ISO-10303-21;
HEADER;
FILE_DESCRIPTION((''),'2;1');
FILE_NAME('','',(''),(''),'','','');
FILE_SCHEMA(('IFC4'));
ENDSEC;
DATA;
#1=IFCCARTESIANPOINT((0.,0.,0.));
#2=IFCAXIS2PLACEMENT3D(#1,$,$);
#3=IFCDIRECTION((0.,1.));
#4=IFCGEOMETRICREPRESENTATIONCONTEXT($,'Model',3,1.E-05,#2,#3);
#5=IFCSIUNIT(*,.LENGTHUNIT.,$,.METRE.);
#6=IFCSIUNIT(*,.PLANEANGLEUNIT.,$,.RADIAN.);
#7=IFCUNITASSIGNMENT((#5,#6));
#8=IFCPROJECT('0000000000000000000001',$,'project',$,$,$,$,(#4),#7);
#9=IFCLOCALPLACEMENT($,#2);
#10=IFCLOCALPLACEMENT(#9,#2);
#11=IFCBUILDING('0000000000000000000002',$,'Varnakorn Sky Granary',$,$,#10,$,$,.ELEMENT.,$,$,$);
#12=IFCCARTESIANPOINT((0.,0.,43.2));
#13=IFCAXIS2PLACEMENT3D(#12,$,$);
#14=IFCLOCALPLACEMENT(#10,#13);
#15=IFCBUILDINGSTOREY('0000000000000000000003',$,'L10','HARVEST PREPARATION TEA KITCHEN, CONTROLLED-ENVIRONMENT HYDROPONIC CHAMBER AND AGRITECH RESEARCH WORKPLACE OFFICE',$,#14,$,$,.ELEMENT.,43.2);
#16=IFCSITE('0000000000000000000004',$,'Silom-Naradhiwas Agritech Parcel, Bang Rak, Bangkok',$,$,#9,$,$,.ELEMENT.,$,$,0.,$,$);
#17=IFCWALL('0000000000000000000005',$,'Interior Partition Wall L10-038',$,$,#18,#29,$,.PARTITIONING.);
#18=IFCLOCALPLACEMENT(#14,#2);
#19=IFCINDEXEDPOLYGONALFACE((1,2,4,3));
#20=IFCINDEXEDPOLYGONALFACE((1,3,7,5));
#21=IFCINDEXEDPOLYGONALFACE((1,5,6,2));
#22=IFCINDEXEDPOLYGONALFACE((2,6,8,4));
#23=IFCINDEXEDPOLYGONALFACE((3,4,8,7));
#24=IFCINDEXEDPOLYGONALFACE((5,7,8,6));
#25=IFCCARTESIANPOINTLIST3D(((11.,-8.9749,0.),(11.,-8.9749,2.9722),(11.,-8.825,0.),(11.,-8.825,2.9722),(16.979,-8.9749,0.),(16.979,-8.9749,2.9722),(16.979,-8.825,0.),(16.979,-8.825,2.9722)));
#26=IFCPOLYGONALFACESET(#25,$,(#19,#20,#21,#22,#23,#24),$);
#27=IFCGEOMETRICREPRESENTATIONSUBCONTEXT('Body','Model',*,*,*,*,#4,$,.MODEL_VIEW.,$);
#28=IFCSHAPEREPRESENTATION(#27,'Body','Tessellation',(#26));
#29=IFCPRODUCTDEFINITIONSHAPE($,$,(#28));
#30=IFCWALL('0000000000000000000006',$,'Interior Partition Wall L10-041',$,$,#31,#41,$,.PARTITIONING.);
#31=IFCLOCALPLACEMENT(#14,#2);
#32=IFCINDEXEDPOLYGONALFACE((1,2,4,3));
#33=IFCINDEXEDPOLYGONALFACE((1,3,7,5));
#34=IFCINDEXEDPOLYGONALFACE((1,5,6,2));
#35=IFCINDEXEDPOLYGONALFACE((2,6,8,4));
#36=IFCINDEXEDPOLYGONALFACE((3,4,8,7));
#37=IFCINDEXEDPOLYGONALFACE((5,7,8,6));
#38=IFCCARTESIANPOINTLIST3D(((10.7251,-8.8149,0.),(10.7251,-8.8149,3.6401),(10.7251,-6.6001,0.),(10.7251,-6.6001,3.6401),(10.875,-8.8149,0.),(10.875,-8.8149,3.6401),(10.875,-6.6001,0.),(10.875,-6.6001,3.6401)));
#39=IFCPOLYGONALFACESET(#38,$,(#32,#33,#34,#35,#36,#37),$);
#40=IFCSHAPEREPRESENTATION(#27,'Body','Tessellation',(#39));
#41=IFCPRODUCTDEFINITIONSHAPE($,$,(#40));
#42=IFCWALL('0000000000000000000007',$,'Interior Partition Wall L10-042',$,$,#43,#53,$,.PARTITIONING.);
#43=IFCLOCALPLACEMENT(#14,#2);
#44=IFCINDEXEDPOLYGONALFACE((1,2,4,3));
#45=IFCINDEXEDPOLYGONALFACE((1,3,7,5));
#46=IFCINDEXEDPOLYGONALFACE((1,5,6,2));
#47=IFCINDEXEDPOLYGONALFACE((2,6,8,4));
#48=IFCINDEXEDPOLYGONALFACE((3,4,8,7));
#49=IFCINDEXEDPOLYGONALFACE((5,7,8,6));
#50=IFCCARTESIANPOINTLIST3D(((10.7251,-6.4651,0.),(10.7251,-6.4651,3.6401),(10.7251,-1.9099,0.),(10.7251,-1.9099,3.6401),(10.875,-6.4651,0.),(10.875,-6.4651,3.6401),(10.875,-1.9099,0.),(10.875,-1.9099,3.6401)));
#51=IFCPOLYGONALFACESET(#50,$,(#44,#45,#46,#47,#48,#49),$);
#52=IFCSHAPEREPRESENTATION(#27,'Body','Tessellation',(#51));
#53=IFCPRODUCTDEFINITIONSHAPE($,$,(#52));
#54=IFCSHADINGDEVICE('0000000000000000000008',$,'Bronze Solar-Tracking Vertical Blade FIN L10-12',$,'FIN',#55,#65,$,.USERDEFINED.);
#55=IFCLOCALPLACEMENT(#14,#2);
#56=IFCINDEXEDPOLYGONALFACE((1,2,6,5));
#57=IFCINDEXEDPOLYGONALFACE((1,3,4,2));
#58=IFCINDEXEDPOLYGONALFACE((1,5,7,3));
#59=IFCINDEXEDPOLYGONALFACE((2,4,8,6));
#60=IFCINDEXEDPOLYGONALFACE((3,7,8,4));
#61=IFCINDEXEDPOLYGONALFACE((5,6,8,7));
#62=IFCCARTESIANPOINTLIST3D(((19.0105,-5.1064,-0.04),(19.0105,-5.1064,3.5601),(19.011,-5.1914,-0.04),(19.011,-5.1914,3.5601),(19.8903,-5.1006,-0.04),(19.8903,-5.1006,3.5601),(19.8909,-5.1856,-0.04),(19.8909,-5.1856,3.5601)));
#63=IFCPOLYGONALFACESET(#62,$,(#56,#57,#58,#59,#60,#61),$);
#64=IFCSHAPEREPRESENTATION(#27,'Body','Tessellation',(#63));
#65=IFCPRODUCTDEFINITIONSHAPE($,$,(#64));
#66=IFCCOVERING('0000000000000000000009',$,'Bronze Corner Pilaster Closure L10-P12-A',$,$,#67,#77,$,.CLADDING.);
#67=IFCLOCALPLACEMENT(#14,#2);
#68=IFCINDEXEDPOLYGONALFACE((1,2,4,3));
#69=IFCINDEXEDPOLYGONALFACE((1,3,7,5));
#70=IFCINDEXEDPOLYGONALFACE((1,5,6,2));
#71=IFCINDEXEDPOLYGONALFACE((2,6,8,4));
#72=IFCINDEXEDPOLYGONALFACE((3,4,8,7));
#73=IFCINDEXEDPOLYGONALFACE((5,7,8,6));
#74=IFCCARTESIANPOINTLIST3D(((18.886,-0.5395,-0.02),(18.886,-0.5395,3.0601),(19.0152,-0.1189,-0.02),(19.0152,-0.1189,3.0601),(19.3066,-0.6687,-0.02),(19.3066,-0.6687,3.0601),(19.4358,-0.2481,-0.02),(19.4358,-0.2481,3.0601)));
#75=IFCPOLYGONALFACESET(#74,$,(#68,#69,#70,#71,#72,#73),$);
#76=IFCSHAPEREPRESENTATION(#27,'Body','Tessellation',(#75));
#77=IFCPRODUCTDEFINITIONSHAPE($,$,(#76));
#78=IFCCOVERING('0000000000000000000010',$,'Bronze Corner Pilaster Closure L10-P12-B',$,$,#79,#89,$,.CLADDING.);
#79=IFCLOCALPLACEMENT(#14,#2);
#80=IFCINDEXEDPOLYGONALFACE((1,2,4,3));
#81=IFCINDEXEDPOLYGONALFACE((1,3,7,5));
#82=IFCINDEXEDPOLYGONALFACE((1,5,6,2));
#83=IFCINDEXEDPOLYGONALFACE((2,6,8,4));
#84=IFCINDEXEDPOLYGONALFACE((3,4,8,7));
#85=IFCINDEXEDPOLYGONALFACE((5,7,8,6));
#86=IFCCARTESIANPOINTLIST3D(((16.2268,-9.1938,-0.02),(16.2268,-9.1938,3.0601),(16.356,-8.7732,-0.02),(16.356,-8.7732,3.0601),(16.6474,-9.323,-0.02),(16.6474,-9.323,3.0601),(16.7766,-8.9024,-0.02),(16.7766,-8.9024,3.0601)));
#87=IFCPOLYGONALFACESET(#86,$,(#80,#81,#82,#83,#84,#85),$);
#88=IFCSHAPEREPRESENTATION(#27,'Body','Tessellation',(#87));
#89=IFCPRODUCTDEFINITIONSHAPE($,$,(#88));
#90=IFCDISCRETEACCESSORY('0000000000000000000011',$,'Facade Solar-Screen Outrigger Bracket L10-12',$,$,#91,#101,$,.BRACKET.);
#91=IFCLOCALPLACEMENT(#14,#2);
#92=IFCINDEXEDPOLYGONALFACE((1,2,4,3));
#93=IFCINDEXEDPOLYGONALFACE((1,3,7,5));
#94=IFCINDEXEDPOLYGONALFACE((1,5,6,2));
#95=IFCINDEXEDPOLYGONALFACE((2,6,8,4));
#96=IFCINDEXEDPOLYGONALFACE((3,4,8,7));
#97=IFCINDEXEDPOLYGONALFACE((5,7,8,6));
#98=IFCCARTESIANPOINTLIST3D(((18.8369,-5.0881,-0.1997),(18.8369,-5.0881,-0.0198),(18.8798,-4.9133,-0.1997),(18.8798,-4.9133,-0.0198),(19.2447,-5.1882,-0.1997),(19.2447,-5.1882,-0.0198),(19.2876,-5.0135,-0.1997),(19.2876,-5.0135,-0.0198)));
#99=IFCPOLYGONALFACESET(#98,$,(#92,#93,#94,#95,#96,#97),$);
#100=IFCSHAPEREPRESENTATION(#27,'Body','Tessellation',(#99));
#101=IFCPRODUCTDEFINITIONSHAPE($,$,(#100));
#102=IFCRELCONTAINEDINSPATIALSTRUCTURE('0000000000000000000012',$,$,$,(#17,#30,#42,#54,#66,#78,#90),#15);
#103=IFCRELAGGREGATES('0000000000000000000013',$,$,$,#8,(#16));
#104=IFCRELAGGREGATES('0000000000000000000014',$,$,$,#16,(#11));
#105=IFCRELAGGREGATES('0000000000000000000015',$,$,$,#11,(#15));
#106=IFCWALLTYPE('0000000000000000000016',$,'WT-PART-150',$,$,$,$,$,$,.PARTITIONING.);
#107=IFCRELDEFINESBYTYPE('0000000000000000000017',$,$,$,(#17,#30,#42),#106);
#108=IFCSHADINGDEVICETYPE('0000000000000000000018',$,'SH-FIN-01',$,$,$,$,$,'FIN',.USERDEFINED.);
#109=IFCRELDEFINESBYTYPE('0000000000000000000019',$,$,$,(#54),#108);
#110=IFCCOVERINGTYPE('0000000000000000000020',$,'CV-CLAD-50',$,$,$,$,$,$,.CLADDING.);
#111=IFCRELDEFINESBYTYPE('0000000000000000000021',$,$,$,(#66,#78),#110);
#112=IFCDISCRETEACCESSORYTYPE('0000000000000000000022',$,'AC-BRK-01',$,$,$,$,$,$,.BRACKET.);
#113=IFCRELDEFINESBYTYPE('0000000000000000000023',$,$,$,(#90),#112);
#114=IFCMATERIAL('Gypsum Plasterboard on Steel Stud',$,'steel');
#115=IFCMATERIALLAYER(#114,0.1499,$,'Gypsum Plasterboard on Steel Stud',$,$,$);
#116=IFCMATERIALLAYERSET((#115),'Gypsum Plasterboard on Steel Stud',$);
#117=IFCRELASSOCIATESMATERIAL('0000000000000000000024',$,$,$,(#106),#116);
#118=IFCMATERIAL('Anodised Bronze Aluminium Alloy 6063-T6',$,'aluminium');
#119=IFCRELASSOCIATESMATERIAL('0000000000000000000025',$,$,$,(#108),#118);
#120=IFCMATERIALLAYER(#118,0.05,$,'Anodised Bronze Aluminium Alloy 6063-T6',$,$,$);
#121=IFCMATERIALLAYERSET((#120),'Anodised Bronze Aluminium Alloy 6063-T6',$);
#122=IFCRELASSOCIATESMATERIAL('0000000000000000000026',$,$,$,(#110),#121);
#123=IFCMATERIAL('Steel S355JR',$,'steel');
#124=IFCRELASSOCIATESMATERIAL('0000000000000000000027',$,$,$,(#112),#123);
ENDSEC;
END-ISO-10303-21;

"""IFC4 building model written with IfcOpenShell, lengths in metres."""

from ifc_helpers import new_model, si_unit, direction, frame, frame_2d, origin, origin_2d, place, context, subcontext, project, spatial, rectangle, extrude, source, transform, mapped, material, layer, layer_set, type_object, type_shapes, element, save


model = new_model("IFC4")

# Units and contexts
model_context = context("Model", 3, precision=1e-05, world=origin(), true_north=direction((0.0, 1.0)))
body_context = subcontext(model_context, "Body", "Model", "MODEL_VIEW")
ifc_project = project(units=[si_unit("LENGTHUNIT", "METRE"), si_unit("PLANEANGLEUNIT", "RADIAN")], contexts=[model_context])

# Site, building, storey
site_placement = place(None, origin())
site = spatial("IfcSite", under=ifc_project, at=site_placement, Name="Silom-Naradhiwas Agritech Parcel, Bang Rak, Bangkok", CompositionType="ELEMENT", RefElevation=0.0)
building_placement = place(site_placement, origin())
building = spatial("IfcBuilding", under=site, at=building_placement, Name="Varnakorn Sky Granary", CompositionType="ELEMENT")
storey_placement = place(building_placement, frame((0.0, 0.0, 43.2)))
storey = spatial("IfcBuildingStorey", under=building, at=storey_placement, Name="L10", Description="HARVEST PREPARATION TEA KITCHEN, CONTROLLED-ENVIRONMENT HYDROPONIC CHAMBER AND AGRITECH RESEARCH WORKPLACE OFFICE", CompositionType="ELEMENT", Elevation=43.2)

# Shared definitions
ifc_material_1 = material(Name="Steel S355JR", Category="steel")

# Shared definitions
ifc_material_2 = material(Name="Anodised Bronze Aluminium Alloy 6063-T6", Category="aluminium")

# Shared definitions
ifc_material_3 = material(Name="Gypsum Plasterboard on Steel Stud", Category="steel")
ifc_layer_1 = layer(ifc_material_3, 0.1499, Name="Gypsum Plasterboard on Steel Stud")
ifc_layer_set_1 = layer_set([ifc_layer_1], Name="Gypsum Plasterboard on Steel Stud")
wall_type_1 = type_object("IfcWallType", Name="WT-PART-150", PredefinedType="PARTITIONING", material=ifc_layer_set_1)

# Walls
wall_1_placement = place(storey_placement, frame((11.0, -8.8999, 0.0), z_axis=(0.0, 0.0, 1.0), x_axis=(1.0, 0.0, 0.0)))
element("IfcWall", 1, at=wall_1_placement, inside=storey, type_object=wall_type_1, Name="Interior Partition Wall L10-038", PredefinedType="PARTITIONING", context=body_context, shape_type="SweptSolid", body=[
    extrude(rectangle(XDim=5.979, YDim=0.1499, at=frame_2d((2.9895, 0.0))), origin(), (0.0, 0.0, 1.0), 2.9722),
])
wall_2_placement = place(storey_placement, frame((10.8, -8.8149, 0.0), z_axis=(0.0, 0.0, 1.0), x_axis=(0.0, 1.0, 0.0)))
element("IfcWall", 2, at=wall_2_placement, inside=storey, type_object=wall_type_1, Name="Interior Partition Wall L10-041", PredefinedType="PARTITIONING", context=body_context, shape_type="SweptSolid", body=[
    extrude(rectangle(XDim=2.2148, YDim=0.1499, at=frame_2d((1.1074, 0.0))), origin(), (0.0, 0.0, 1.0), 3.6401),
])
wall_3_placement = place(storey_placement, frame((10.8, -6.4651, 0.0), z_axis=(0.0, 0.0, 1.0), x_axis=(0.0, 1.0, 0.0)))
element("IfcWall", 3, at=wall_3_placement, inside=storey, type_object=wall_type_1, Name="Interior Partition Wall L10-042", PredefinedType="PARTITIONING", context=body_context, shape_type="SweptSolid", body=[
    extrude(rectangle(XDim=4.5552, YDim=0.1499, at=frame_2d((2.2776, 0.0))), origin(), (0.0, 0.0, 1.0), 3.6401),
])

# Shading device
shading_device_type = type_object("IfcShadingDeviceType", Name="SH-FIN-01", ElementType="FIN", PredefinedType="USERDEFINED", material=ifc_material_2)
shared_shape_1 = source(origin(), body_context, "Body", "SweptSolid", [
    extrude(rectangle(XDim=0.085, YDim=0.8799, at=origin_2d()), origin(), (0.0, 0.0, 1.0), 3.6001),
])
type_shapes(shading_device_type, [shared_shape_1])
shading_device_placement = place(storey_placement, frame((19.4507, -5.146, -0.04), z_axis=(0.0, 0.0, 1.0), x_axis=(-0.006612, 0.999978, 0.0)))
element("IfcShadingDevice", 4, at=shading_device_placement, inside=storey, type_object=shading_device_type, Name="Bronze Solar-Tracking Vertical Blade FIN L10-12", ObjectType="FIN", PredefinedType="USERDEFINED", context=body_context, shape_type="MappedRepresentation", body=[
    mapped(shared_shape_1, transform((0.0, 0.0, 0.0), x_axis=(1.0, 0.0, 0.0), y_axis=(0.0, 1.0, 0.0), z_axis=(0.0, 0.0, 1.0), scale=1.0)),
])

# Coverings
ifc_layer_2 = layer(ifc_material_2, 0.05, Name="Anodised Bronze Aluminium Alloy 6063-T6")
ifc_layer_set_2 = layer_set([ifc_layer_2], Name="Anodised Bronze Aluminium Alloy 6063-T6")
covering_type = type_object("IfcCoveringType", Name="CV-CLAD-50", PredefinedType="CLADDING", material=ifc_layer_set_2)
shared_shape_2 = source(origin(), body_context, "Body", "SweptSolid", [
    extrude(rectangle(XDim=0.4399, YDim=0.4399, at=origin_2d()), origin(), (0.0, 0.0, 1.0), 3.0801),
])
type_shapes(covering_type, [shared_shape_2])
for number, where, z_axis, x_axis, name in (
    (5, (19.1609, -0.3938, -0.02), (0.0, 0.0, 1.0), (-0.293707, -0.955896, 0.0), "Bronze Corner Pilaster Closure L10-P12-A"),
    (6, (16.5017, -9.0481, -0.02), (0.0, 0.0, 1.0), (-0.293707, -0.955896, 0.0), "Bronze Corner Pilaster Closure L10-P12-B"),
):
    element("IfcCovering", number, at=place(storey_placement, frame(where, z_axis=z_axis, x_axis=x_axis)), inside=storey, type_object=covering_type, Name=name, PredefinedType="CLADDING", context=body_context, shape_type="MappedRepresentation", body=[
        mapped(shared_shape_2, transform((0.0, 0.0, 0.0), x_axis=(1.0, 0.0, 0.0), y_axis=(0.0, 1.0, 0.0), z_axis=(0.0, 0.0, 1.0), scale=1.0)),
    ])

# Discrete accessory
discrete_accessory_type = type_object("IfcDiscreteAccessoryType", Name="AC-BRK-01", PredefinedType="BRACKET", material=ifc_material_1)
shared_shape_3 = source(origin(), body_context, "Body", "SweptSolid", [
    extrude(rectangle(XDim=0.1799, YDim=0.4199, at=origin_2d()), origin(), (0.0, 0.0, 1.0), 0.1799),
])
type_shapes(discrete_accessory_type, [shared_shape_3])
discrete_accessory_placement = place(storey_placement, frame((19.0623, -5.0508, -0.1997), z_axis=(0.0, 0.0, 1.0), x_axis=(0.238539, 0.971133, 0.0)))
element("IfcDiscreteAccessory", 7, at=discrete_accessory_placement, inside=storey, type_object=discrete_accessory_type, Name="Facade Solar-Screen Outrigger Bracket L10-12", PredefinedType="BRACKET", context=body_context, shape_type="MappedRepresentation", body=[
    mapped(shared_shape_3, transform((0.0, 0.0, 0.0), x_axis=(1.0, 0.0, 0.0), y_axis=(0.0, 1.0, 0.0), z_axis=(0.0, 0.0, 1.0), scale=1.0)),
])

save(model, "model.ifc")
